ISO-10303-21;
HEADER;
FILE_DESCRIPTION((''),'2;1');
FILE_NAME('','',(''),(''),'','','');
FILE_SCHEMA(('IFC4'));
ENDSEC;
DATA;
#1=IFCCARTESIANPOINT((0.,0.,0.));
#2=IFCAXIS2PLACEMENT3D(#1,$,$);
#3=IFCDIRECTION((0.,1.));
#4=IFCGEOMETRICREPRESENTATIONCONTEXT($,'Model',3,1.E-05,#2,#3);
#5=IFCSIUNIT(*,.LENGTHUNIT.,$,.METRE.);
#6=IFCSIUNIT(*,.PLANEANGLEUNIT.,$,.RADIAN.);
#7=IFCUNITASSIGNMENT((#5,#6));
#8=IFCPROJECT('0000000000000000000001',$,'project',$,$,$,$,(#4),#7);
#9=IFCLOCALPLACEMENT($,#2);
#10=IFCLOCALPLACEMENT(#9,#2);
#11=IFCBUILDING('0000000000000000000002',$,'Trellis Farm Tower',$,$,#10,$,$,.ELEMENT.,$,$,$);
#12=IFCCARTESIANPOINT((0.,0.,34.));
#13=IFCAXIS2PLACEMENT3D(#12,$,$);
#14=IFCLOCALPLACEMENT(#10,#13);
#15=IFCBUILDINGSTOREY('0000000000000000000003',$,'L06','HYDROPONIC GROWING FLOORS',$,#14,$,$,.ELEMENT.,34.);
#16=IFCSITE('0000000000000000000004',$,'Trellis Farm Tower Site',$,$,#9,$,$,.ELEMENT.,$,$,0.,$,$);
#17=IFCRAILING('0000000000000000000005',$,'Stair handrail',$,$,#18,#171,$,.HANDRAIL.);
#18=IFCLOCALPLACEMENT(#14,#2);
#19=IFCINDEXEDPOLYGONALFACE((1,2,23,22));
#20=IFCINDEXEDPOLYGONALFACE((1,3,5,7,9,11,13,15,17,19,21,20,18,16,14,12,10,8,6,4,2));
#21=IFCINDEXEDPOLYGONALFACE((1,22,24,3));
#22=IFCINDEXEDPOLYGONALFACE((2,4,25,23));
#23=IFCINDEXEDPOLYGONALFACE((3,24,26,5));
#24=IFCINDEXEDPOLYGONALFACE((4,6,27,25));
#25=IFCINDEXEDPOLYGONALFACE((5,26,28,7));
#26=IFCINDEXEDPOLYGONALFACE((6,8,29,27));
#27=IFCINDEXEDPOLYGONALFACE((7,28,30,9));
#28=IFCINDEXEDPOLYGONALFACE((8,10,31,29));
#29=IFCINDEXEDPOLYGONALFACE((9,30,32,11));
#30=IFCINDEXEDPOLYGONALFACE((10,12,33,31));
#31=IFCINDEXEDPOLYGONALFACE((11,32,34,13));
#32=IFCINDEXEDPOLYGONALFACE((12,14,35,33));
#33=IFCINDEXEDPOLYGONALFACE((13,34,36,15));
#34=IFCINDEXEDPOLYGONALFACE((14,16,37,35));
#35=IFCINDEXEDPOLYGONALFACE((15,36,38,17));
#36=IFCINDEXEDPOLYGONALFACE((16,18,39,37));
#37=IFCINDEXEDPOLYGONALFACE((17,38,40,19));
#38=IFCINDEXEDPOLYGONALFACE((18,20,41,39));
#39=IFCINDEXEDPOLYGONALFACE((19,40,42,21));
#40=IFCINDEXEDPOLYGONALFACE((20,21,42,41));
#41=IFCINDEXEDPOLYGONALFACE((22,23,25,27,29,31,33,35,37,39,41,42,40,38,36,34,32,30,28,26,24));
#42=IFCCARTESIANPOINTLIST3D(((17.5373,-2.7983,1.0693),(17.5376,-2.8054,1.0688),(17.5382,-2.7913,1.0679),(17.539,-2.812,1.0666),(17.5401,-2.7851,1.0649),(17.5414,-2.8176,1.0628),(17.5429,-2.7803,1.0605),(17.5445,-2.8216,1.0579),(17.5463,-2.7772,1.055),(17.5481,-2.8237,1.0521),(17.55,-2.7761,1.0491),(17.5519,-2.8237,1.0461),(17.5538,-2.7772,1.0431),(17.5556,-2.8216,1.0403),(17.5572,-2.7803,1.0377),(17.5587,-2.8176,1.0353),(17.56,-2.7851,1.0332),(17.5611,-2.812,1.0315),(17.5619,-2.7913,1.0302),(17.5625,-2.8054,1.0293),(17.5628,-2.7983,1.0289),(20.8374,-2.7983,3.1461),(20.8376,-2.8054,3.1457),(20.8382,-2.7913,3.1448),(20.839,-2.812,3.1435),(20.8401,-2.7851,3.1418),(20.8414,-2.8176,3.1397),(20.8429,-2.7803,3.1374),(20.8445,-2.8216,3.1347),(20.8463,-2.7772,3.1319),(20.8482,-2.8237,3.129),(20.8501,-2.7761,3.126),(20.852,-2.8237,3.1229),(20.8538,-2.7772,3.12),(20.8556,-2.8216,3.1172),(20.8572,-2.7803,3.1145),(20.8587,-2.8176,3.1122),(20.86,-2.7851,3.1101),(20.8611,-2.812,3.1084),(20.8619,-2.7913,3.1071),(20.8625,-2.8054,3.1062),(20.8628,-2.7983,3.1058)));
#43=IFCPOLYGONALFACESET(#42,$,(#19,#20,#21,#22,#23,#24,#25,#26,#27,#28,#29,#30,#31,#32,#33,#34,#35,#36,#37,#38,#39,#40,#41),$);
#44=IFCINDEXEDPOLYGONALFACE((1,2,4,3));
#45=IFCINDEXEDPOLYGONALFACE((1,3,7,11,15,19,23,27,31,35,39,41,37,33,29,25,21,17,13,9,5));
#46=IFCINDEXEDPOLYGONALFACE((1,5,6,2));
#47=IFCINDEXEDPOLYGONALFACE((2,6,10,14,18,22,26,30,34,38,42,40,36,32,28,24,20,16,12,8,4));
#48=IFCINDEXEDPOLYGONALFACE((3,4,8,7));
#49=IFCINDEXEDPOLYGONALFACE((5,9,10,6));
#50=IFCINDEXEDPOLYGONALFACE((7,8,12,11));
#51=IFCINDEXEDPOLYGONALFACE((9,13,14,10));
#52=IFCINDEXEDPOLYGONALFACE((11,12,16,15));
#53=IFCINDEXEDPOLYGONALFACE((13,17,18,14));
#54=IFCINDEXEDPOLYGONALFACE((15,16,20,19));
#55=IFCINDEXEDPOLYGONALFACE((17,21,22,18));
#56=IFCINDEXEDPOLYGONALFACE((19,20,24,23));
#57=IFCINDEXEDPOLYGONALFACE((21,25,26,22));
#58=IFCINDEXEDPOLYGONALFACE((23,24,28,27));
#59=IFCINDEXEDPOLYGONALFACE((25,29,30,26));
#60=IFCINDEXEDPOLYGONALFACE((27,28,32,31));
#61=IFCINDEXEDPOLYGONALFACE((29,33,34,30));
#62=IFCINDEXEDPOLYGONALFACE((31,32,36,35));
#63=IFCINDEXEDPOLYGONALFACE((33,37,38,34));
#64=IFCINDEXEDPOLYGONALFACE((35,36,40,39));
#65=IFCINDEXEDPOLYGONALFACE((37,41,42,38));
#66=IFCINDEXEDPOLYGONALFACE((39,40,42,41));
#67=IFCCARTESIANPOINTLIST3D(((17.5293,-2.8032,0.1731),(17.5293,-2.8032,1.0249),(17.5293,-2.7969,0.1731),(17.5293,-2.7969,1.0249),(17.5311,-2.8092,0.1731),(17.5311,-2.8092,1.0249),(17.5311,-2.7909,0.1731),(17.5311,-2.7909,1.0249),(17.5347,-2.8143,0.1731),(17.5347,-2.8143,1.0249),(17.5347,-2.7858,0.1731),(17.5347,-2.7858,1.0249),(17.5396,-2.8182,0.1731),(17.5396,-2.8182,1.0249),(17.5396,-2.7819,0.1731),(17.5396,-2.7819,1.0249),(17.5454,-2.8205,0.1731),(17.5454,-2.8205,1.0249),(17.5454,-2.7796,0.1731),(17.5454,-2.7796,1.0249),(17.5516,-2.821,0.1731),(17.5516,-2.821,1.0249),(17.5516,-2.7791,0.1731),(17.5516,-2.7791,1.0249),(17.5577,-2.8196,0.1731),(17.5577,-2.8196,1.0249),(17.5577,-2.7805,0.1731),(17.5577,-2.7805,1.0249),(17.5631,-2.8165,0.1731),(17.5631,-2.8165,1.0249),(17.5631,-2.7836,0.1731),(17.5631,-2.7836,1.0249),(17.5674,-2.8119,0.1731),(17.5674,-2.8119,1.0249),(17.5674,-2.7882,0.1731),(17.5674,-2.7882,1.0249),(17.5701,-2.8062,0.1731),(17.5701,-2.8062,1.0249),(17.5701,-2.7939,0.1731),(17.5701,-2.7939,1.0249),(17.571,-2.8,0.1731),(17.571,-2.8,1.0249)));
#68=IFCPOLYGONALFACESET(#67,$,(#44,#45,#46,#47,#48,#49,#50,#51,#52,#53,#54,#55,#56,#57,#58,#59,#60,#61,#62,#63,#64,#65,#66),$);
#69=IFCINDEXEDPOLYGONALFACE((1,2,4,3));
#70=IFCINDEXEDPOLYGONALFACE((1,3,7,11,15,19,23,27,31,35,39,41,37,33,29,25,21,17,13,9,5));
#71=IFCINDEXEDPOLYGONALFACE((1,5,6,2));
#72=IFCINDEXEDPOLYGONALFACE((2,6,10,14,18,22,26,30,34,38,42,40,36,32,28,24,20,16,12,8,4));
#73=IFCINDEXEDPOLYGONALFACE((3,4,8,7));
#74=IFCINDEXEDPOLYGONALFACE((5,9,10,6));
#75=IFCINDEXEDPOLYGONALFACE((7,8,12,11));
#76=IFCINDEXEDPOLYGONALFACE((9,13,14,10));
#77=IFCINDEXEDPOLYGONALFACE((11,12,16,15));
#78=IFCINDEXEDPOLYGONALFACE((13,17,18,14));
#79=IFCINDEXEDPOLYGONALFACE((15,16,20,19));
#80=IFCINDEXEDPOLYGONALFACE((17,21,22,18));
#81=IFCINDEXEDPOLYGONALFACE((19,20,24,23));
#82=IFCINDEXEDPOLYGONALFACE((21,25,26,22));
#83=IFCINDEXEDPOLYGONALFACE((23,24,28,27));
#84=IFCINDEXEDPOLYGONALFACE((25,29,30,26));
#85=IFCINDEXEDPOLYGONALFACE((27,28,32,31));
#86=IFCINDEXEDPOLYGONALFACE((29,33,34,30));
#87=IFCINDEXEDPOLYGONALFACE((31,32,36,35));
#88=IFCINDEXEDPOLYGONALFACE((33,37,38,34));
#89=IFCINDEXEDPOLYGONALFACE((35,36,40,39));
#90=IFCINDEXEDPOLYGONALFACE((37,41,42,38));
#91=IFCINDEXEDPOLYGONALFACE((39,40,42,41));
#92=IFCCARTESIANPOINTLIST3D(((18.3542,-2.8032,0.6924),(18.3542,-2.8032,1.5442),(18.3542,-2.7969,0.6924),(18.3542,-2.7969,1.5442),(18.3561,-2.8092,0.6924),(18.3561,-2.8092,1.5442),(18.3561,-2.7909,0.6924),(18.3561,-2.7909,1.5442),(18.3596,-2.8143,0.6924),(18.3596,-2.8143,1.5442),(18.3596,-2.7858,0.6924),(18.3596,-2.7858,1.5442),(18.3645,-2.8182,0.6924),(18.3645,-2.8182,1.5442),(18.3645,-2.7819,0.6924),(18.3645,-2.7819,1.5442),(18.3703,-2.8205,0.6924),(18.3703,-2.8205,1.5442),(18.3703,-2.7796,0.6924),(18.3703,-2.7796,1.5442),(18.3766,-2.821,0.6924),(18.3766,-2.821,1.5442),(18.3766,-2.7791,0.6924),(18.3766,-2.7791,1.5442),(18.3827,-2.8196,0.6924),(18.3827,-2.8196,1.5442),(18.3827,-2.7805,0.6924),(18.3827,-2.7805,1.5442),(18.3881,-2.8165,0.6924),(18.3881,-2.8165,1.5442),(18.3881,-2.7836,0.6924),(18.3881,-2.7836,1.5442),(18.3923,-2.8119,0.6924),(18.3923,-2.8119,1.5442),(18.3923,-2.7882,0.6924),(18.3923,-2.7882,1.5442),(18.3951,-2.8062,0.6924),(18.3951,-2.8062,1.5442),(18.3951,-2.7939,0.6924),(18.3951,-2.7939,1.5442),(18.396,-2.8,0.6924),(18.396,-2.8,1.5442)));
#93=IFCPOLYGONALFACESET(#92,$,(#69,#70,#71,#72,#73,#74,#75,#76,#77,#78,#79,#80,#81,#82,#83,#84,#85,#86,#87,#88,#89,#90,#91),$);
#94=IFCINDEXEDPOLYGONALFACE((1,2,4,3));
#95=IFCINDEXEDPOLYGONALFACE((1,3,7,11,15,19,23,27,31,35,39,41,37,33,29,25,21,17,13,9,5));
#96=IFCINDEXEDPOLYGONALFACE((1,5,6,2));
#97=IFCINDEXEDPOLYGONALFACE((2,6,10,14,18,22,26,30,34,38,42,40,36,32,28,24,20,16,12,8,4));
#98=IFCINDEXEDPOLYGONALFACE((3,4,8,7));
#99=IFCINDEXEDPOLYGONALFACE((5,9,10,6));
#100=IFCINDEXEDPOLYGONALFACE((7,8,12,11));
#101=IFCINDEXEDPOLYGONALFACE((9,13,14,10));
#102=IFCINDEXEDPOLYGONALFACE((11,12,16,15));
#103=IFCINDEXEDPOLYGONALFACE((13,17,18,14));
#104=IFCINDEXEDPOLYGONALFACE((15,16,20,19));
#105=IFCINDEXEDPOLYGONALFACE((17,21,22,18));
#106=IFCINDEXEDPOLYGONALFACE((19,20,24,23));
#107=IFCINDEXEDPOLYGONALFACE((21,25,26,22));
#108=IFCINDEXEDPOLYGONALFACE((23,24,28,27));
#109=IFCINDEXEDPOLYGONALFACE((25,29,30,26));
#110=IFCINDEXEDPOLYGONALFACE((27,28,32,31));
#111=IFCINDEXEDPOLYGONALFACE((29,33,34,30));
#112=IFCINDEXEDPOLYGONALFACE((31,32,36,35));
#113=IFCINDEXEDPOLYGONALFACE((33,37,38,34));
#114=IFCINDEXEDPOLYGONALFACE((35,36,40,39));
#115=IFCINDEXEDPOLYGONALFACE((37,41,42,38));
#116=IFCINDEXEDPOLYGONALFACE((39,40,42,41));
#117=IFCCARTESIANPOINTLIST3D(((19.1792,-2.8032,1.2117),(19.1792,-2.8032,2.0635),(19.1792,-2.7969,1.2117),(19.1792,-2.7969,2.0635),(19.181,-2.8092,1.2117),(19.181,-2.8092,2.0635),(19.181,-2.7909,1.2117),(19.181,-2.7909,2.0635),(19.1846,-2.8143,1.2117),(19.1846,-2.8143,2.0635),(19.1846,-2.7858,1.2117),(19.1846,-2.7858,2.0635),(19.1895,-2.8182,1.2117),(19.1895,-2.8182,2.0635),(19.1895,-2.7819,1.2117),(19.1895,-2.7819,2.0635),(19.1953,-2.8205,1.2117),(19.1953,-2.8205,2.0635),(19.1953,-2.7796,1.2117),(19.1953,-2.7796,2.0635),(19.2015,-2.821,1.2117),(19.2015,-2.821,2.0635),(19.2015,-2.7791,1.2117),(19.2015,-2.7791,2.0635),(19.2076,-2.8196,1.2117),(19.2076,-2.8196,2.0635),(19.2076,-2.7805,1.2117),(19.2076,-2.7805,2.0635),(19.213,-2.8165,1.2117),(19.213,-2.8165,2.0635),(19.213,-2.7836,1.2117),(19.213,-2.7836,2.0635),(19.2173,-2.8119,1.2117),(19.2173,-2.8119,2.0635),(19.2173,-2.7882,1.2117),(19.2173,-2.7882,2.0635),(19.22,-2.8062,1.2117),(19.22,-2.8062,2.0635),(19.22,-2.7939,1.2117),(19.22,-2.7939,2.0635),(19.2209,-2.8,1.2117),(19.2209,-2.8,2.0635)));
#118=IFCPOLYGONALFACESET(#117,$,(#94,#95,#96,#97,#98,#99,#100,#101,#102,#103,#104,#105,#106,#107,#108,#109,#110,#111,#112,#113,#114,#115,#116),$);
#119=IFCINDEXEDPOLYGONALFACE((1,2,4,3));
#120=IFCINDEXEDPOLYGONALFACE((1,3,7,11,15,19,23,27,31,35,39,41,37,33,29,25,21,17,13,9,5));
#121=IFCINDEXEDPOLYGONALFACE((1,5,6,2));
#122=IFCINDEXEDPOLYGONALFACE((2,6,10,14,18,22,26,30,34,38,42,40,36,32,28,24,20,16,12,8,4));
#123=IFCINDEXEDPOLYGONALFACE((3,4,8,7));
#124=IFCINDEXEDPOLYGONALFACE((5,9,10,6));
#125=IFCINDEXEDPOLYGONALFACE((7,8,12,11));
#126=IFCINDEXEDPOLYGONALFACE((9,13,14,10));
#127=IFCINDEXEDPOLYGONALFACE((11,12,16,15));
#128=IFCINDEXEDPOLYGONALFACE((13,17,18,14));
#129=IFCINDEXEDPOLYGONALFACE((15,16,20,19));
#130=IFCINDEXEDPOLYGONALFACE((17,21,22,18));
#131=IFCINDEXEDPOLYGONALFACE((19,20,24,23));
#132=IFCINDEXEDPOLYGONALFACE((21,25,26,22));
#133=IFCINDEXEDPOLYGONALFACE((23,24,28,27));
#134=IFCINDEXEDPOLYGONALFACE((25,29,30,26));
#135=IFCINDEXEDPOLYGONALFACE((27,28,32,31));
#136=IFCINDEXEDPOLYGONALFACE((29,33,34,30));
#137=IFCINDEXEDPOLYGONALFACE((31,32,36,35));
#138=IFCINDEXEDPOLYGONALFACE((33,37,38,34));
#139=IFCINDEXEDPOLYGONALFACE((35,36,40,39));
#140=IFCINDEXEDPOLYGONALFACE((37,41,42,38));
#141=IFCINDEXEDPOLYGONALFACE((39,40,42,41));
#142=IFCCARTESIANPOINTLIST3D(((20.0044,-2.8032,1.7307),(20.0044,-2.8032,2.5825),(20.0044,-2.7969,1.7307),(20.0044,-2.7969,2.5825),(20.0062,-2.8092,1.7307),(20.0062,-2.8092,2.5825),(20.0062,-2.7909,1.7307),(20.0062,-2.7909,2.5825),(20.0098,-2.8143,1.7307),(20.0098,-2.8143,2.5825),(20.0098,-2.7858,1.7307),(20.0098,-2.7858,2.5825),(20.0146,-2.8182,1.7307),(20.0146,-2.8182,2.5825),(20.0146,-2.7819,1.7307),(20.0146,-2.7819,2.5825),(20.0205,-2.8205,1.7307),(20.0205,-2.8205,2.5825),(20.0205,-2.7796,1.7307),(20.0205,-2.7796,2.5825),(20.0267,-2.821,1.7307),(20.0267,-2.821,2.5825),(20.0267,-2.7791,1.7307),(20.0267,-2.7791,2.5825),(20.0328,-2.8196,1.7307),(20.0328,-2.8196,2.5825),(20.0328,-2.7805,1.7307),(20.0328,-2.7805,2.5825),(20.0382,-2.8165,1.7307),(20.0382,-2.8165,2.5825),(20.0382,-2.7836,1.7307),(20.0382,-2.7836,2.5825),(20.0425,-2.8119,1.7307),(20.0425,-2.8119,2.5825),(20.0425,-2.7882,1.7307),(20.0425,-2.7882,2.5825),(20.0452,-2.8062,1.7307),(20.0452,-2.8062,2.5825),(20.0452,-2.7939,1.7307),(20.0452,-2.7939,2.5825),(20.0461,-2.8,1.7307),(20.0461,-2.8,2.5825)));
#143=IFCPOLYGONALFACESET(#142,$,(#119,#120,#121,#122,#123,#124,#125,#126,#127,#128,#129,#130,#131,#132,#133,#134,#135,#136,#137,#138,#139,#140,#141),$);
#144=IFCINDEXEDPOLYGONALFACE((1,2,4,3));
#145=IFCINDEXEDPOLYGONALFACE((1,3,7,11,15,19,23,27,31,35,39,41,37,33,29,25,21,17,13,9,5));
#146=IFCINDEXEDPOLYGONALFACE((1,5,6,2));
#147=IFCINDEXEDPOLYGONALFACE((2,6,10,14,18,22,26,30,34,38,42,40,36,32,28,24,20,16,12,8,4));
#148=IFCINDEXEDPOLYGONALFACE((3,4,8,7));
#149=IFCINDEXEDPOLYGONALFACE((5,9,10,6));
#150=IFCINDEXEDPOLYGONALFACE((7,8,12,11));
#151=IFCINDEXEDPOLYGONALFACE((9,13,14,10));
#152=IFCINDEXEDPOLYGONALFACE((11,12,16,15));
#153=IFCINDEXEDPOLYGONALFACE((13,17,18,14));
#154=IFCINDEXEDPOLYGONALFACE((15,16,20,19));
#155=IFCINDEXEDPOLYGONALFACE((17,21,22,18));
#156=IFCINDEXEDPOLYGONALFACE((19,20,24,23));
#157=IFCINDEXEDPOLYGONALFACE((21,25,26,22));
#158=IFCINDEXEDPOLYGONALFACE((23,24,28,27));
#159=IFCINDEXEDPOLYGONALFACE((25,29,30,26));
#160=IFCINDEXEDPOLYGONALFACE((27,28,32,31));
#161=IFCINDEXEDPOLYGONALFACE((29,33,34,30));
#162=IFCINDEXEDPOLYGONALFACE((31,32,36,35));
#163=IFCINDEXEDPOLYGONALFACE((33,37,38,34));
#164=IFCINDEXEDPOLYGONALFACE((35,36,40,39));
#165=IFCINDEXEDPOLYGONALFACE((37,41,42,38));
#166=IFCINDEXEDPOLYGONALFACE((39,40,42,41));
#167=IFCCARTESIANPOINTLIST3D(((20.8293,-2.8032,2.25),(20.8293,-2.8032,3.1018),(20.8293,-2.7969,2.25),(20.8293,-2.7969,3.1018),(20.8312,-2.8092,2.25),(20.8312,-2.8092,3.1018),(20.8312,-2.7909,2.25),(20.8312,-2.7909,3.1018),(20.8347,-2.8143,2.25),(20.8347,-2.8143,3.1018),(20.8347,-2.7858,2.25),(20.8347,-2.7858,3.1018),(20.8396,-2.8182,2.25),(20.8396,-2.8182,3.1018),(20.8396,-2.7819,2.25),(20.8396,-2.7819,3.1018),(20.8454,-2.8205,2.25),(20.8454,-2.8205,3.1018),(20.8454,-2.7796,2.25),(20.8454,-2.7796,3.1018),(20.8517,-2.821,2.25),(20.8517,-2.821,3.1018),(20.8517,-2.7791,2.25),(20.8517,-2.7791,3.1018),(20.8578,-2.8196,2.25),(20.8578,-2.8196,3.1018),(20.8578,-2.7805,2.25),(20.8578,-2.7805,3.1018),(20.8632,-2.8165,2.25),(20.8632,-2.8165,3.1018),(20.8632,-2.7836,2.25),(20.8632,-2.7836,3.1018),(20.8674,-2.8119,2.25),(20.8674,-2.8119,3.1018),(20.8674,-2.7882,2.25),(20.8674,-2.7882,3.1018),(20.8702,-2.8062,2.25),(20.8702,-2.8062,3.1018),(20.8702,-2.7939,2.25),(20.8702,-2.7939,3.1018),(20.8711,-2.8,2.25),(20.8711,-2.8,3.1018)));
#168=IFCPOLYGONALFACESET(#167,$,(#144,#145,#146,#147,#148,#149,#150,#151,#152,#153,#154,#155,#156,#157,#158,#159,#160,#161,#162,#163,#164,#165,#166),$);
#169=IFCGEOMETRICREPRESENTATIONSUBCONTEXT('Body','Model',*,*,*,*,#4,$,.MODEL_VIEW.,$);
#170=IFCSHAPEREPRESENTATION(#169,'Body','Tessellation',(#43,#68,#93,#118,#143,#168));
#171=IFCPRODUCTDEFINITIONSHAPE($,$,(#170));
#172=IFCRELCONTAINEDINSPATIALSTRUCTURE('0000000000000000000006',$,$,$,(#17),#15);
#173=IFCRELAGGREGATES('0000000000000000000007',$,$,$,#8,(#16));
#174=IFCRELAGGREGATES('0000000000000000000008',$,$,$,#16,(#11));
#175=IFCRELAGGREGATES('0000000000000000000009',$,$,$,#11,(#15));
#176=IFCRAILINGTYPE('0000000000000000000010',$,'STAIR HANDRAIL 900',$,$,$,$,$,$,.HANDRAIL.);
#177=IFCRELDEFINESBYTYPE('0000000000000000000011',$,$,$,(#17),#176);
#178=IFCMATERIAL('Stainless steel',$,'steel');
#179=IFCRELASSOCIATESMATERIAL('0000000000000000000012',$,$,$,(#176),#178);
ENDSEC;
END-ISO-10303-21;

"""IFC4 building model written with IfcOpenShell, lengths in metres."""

from ifc_helpers import new_model, si_unit, direction, frame, origin, origin_2d, place, context, subcontext, project, spatial, circle, extrude, source, transform, mapped, material, type_object, element, save


model = new_model("IFC4")

# Units and contexts
model_context = context("Model", 3, precision=1e-05, world=origin(), true_north=direction((0.0, 1.0)))
body_context = subcontext(model_context, "Body", "Model", "MODEL_VIEW")
ifc_project = project(units=[si_unit("LENGTHUNIT", "METRE"), si_unit("PLANEANGLEUNIT", "RADIAN")], contexts=[model_context])

# Site, building, storey
site_placement = place(None, origin())
site = spatial("IfcSite", under=ifc_project, at=site_placement, Name="Trellis Farm Tower Site", CompositionType="ELEMENT", RefElevation=0.0)
building_placement = place(site_placement, origin())
building = spatial("IfcBuilding", under=site, at=building_placement, Name="Trellis Farm Tower", CompositionType="ELEMENT")
storey_placement = place(building_placement, frame((0.0, 0.0, 34.0)))
storey = spatial("IfcBuildingStorey", under=building, at=storey_placement, Name="L06", Description="HYDROPONIC GROWING FLOORS", CompositionType="ELEMENT", Elevation=34.0)

# Shared definitions
ifc_material_1 = material(Name="Stainless steel", Category="steel")

# Railing
railing_type = type_object("IfcRailingType", Name="STAIR HANDRAIL 900", PredefinedType="HANDRAIL", material=ifc_material_1)
shared_shape_1 = source(origin(), body_context, "Body", "SweptSolid", [
    extrude(circle(Radius=0.0239, at=origin_2d()), frame((0.0, 0.0, 0.876), z_axis=(0.846337, 0.0, 0.532647), x_axis=(0.0, 1.0, 0.0)), (0.0, 0.0, 1.0), 3.8992),
    extrude(circle(Radius=0.021, at=origin_2d()), origin(), (0.0, 0.0, 1.0), 0.8518),
    extrude(circle(Radius=0.021, at=origin_2d()), frame((0.825, 0.0, 0.5193)), (0.0, 0.0, 1.0), 0.8518),
    extrude(circle(Radius=0.021, at=origin_2d()), frame((1.6499, 0.0, 1.0386)), (0.0, 0.0, 1.0), 0.8518),
    extrude(circle(Radius=0.021, at=origin_2d()), frame((2.4751, 0.0, 1.5576)), (0.0, 0.0, 1.0), 0.8518),
    extrude(circle(Radius=0.021, at=origin_2d()), frame((3.3, 0.0, 2.0769)), (0.0, 0.0, 1.0), 0.8518),
])
for number, where, name in (
    (1, (17.55, -2.8, 0.1731), "Stair handrail"),
):
    element("IfcRailing", number, at=place(storey_placement, frame(where)), inside=storey, type_object=railing_type, Name=name, PredefinedType="HANDRAIL", context=body_context, shape_type="MappedRepresentation", body=[
        mapped(shared_shape_1, transform((0.0, 0.0, 0.0))),
    ])

save(model, "model.ifc")
